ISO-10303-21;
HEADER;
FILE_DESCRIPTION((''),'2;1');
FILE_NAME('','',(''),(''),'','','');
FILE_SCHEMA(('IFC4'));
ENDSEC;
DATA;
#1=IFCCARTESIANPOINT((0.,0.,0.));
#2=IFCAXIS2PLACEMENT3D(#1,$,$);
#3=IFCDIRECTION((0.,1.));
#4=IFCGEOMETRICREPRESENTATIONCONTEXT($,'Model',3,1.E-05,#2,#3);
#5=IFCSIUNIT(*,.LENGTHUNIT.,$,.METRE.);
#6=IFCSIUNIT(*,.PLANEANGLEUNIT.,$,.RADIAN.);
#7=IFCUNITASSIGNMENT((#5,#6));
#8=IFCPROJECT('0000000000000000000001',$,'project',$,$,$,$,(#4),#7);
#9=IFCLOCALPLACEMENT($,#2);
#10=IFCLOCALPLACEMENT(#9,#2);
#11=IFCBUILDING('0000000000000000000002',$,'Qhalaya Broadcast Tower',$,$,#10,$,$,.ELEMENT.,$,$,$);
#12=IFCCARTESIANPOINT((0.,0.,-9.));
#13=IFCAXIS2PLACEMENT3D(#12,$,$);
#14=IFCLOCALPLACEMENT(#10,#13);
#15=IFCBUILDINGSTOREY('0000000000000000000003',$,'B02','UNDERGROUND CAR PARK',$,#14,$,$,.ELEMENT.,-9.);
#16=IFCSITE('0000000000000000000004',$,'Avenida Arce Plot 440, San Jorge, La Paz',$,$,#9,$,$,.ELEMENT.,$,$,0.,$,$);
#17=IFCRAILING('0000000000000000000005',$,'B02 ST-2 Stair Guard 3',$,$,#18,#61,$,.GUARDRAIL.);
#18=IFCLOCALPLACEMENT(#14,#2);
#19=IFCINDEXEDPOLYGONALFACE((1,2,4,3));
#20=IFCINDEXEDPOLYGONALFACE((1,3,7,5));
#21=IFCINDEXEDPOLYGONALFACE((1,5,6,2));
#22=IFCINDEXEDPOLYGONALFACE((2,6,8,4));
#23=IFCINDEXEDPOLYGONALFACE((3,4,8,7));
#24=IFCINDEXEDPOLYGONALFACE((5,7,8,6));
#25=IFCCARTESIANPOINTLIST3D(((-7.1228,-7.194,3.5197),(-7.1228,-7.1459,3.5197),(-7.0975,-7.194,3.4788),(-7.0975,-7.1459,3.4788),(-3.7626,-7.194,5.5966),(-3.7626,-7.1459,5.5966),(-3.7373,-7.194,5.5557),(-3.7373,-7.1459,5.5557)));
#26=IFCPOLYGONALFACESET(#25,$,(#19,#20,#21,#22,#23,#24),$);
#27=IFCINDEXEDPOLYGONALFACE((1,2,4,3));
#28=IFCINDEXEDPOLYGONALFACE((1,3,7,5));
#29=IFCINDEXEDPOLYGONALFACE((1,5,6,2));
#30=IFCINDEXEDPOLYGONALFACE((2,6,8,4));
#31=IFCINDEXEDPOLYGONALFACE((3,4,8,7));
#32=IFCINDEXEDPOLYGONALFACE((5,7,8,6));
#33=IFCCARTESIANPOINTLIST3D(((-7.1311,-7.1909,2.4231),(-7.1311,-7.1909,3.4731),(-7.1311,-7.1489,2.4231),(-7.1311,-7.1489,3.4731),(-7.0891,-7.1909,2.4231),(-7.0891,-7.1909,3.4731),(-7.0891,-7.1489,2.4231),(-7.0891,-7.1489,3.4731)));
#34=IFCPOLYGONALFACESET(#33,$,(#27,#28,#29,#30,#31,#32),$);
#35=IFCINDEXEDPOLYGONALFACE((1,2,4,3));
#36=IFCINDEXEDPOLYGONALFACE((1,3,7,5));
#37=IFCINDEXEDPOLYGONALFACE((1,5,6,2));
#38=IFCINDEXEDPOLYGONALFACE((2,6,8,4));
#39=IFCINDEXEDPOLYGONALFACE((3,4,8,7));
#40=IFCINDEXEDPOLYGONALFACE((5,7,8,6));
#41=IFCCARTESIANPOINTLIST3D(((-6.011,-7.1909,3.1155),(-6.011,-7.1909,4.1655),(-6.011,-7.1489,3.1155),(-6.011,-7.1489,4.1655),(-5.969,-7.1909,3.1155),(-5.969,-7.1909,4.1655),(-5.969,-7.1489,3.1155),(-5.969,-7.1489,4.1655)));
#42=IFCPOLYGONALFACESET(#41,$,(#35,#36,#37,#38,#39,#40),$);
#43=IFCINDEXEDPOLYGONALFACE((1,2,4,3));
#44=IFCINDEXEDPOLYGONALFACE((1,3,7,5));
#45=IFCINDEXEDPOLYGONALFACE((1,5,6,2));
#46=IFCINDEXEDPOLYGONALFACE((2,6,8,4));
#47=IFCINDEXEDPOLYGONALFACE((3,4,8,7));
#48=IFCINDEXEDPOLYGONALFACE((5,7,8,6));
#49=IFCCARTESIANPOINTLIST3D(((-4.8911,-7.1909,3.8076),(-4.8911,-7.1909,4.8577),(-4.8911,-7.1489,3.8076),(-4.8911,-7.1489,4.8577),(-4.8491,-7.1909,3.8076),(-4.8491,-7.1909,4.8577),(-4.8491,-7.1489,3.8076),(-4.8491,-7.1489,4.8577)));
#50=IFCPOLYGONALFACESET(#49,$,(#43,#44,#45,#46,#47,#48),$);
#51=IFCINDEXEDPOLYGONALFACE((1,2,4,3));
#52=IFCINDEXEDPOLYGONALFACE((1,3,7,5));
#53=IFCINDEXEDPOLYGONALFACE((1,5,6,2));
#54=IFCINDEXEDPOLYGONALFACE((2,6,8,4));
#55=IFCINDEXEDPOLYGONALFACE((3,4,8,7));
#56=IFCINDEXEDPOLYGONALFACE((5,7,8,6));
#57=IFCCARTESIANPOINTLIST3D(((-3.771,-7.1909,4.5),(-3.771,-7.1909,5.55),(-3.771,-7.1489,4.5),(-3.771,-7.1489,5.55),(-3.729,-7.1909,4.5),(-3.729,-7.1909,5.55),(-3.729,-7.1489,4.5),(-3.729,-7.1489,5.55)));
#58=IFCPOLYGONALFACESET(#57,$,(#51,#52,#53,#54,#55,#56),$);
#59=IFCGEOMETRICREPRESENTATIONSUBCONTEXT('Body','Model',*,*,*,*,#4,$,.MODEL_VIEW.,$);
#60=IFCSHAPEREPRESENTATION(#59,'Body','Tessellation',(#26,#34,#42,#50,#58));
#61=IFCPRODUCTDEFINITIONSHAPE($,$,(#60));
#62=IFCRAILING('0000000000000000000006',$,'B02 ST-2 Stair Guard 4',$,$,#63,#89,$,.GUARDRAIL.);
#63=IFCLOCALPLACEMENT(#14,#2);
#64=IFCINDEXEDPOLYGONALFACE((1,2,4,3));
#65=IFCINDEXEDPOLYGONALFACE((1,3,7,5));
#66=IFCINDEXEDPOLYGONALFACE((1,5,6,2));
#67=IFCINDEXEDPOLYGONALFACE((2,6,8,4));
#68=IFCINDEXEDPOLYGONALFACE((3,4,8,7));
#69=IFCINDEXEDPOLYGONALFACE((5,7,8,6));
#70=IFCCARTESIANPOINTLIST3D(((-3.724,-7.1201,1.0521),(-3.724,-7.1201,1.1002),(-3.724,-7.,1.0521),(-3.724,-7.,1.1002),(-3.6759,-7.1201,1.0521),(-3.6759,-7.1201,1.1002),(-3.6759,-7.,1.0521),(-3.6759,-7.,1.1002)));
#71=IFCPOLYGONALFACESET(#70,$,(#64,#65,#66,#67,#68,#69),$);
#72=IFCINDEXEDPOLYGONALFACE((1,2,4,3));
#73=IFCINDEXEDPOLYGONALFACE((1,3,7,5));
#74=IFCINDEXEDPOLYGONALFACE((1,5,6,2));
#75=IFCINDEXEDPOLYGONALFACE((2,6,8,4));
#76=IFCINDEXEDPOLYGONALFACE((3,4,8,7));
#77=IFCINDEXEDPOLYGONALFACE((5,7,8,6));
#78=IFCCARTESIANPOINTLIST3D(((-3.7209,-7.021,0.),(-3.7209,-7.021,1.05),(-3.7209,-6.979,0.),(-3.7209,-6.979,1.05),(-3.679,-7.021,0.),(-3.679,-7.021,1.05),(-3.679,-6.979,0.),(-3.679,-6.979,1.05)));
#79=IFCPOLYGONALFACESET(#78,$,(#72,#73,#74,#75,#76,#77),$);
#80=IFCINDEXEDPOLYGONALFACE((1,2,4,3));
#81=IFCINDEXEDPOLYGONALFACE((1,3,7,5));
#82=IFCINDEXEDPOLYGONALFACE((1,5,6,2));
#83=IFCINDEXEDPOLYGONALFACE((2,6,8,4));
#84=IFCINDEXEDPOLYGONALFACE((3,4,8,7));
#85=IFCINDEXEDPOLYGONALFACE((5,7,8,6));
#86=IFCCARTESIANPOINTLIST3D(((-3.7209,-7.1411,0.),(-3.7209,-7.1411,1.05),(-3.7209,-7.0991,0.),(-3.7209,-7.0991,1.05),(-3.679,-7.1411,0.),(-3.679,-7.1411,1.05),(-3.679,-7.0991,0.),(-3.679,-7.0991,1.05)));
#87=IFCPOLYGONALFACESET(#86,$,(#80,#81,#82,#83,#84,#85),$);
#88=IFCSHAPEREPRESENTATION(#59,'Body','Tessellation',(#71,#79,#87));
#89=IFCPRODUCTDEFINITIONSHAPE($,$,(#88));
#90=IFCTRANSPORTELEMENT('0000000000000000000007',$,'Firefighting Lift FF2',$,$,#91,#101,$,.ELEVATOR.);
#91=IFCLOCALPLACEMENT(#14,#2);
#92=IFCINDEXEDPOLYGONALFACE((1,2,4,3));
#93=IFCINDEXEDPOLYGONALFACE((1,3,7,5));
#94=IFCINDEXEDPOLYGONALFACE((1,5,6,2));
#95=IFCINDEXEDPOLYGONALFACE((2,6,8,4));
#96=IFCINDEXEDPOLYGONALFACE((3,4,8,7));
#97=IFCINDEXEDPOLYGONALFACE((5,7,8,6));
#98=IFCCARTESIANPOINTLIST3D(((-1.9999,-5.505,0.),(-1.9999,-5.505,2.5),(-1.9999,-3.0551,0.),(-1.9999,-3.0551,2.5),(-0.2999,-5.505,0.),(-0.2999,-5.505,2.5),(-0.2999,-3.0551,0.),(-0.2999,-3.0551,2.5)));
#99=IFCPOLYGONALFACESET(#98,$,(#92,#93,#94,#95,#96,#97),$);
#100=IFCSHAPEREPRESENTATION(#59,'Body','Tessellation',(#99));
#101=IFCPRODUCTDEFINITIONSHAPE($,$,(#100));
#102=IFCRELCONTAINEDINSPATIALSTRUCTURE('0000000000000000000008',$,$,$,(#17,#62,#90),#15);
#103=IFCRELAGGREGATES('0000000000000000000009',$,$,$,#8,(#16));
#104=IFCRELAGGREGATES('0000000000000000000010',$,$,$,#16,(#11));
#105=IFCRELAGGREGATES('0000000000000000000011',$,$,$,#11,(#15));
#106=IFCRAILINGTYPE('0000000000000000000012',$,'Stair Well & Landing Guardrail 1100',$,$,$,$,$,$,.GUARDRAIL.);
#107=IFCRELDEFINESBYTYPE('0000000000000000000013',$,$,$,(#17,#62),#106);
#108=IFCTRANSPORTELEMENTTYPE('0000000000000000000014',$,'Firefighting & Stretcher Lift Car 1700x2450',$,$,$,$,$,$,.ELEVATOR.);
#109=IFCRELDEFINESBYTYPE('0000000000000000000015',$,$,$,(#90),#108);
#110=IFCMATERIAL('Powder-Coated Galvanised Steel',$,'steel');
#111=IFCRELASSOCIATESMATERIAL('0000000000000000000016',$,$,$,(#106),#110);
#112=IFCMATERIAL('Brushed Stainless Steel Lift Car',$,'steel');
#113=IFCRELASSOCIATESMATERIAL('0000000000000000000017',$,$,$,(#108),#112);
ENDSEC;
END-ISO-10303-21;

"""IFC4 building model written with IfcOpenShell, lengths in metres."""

from ifc_helpers import new_model, si_unit, direction, frame, origin, origin_2d, place, context, subcontext, project, spatial, rectangle, extrude, material, type_object, element, save


model = new_model("IFC4")

# Units and contexts
model_context = context("Model", 3, precision=1e-05, world=origin(), true_north=direction((0.0, 1.0)))
body_context = subcontext(model_context, "Body", "Model", "MODEL_VIEW")
ifc_project = project(units=[si_unit("LENGTHUNIT", "METRE"), si_unit("PLANEANGLEUNIT", "RADIAN")], contexts=[model_context])

# Site, building, storey
site_placement = place(None, origin())
site = spatial("IfcSite", under=ifc_project, at=site_placement, Name="Avenida Arce Plot 440, San Jorge, La Paz", CompositionType="ELEMENT", RefElevation=0.0)
building_placement = place(site_placement, origin())
building = spatial("IfcBuilding", under=site, at=building_placement, Name="Qhalaya Broadcast Tower", CompositionType="ELEMENT")
storey_placement = place(building_placement, frame((0.0, 0.0, -9.0)))
storey = spatial("IfcBuildingStorey", under=building, at=storey_placement, Name="B02", Description="UNDERGROUND CAR PARK", CompositionType="ELEMENT", Elevation=-9.0)

# Railings
ifc_material_1 = material(Name="Powder-Coated Galvanised Steel", Category="steel")
railing_type_1 = type_object("IfcRailingType", Name="Stair Well & Landing Guardrail 1100", PredefinedType="GUARDRAIL", material=ifc_material_1)
railing_1_placement = place(storey_placement, frame((-7.1101, -7.1699, 2.4231)))
element("IfcRailing", 1, at=railing_1_placement, inside=storey, type_object=railing_type_1, Name="B02 ST-2 Stair Guard 3", PredefinedType="GUARDRAIL", context=body_context, shape_type="SweptSolid", body=[
    extrude(rectangle(XDim=0.0481, YDim=0.0481, at=origin_2d()), frame((0.0, 0.0, 1.0762), z_axis=(0.850623, 0.0, 0.525776), x_axis=(0.0, 1.0, 0.0)), (0.0, 0.0, 1.0), 3.9502),
    extrude(rectangle(XDim=0.042, YDim=0.042, at=origin_2d()), origin(), (0.0, 0.0, 1.0), 1.05),
    extrude(rectangle(XDim=0.042, YDim=0.042, at=origin_2d()), frame((1.1201, 0.0, 0.6924)), (0.0, 0.0, 1.0), 1.05),
    extrude(rectangle(XDim=0.042, YDim=0.042, at=origin_2d()), frame((2.24, 0.0, 1.3845)), (0.0, 0.0, 1.0), 1.05),
    extrude(rectangle(XDim=0.042, YDim=0.042, at=origin_2d()), frame((3.3601, 0.0, 2.0769)), (0.0, 0.0, 1.0), 1.05),
])
railing_2_placement = place(storey_placement, frame((-3.7, -7.0, 0.0)))
element("IfcRailing", 2, at=railing_2_placement, inside=storey, type_object=railing_type_1, Name="B02 ST-2 Stair Guard 4", PredefinedType="GUARDRAIL", context=body_context, shape_type="SweptSolid", body=[
    extrude(rectangle(XDim=0.0481, YDim=0.0481, at=origin_2d()), frame((0.0, 0.0, 1.0762), z_axis=(0.0, -1.0, 0.0), x_axis=(1.0, 0.0, 0.0)), (0.0, 0.0, 1.0), 0.1201),
    extrude(rectangle(XDim=0.042, YDim=0.042, at=origin_2d()), origin(), (0.0, 0.0, 1.0), 1.05),
    extrude(rectangle(XDim=0.042, YDim=0.042, at=origin_2d()), frame((0.0, -0.1201, 0.0)), (0.0, 0.0, 1.0), 1.05),
])

# Transport element
ifc_material_2 = material(Name="Brushed Stainless Steel Lift Car", Category="steel")
transport_element_type = type_object("IfcTransportElementType", Name="Firefighting & Stretcher Lift Car 1700x2450", PredefinedType="ELEVATOR", material=ifc_material_2)
transport_element_placement = place(storey_placement, frame((-1.1499, -4.28, 0.0), z_axis=(0.0, 0.0, 1.0), x_axis=(1.0, 0.0, 0.0)))
element("IfcTransportElement", 3, at=transport_element_placement, inside=storey, type_object=transport_element_type, Name="Firefighting Lift FF2", PredefinedType="ELEVATOR", context=body_context, shape_type="SweptSolid", body=[
    extrude(rectangle(XDim=1.7, YDim=2.45, at=origin_2d()), origin(), (0.0, 0.0, 1.0), 2.5),
])

save(model, "model.ifc")
